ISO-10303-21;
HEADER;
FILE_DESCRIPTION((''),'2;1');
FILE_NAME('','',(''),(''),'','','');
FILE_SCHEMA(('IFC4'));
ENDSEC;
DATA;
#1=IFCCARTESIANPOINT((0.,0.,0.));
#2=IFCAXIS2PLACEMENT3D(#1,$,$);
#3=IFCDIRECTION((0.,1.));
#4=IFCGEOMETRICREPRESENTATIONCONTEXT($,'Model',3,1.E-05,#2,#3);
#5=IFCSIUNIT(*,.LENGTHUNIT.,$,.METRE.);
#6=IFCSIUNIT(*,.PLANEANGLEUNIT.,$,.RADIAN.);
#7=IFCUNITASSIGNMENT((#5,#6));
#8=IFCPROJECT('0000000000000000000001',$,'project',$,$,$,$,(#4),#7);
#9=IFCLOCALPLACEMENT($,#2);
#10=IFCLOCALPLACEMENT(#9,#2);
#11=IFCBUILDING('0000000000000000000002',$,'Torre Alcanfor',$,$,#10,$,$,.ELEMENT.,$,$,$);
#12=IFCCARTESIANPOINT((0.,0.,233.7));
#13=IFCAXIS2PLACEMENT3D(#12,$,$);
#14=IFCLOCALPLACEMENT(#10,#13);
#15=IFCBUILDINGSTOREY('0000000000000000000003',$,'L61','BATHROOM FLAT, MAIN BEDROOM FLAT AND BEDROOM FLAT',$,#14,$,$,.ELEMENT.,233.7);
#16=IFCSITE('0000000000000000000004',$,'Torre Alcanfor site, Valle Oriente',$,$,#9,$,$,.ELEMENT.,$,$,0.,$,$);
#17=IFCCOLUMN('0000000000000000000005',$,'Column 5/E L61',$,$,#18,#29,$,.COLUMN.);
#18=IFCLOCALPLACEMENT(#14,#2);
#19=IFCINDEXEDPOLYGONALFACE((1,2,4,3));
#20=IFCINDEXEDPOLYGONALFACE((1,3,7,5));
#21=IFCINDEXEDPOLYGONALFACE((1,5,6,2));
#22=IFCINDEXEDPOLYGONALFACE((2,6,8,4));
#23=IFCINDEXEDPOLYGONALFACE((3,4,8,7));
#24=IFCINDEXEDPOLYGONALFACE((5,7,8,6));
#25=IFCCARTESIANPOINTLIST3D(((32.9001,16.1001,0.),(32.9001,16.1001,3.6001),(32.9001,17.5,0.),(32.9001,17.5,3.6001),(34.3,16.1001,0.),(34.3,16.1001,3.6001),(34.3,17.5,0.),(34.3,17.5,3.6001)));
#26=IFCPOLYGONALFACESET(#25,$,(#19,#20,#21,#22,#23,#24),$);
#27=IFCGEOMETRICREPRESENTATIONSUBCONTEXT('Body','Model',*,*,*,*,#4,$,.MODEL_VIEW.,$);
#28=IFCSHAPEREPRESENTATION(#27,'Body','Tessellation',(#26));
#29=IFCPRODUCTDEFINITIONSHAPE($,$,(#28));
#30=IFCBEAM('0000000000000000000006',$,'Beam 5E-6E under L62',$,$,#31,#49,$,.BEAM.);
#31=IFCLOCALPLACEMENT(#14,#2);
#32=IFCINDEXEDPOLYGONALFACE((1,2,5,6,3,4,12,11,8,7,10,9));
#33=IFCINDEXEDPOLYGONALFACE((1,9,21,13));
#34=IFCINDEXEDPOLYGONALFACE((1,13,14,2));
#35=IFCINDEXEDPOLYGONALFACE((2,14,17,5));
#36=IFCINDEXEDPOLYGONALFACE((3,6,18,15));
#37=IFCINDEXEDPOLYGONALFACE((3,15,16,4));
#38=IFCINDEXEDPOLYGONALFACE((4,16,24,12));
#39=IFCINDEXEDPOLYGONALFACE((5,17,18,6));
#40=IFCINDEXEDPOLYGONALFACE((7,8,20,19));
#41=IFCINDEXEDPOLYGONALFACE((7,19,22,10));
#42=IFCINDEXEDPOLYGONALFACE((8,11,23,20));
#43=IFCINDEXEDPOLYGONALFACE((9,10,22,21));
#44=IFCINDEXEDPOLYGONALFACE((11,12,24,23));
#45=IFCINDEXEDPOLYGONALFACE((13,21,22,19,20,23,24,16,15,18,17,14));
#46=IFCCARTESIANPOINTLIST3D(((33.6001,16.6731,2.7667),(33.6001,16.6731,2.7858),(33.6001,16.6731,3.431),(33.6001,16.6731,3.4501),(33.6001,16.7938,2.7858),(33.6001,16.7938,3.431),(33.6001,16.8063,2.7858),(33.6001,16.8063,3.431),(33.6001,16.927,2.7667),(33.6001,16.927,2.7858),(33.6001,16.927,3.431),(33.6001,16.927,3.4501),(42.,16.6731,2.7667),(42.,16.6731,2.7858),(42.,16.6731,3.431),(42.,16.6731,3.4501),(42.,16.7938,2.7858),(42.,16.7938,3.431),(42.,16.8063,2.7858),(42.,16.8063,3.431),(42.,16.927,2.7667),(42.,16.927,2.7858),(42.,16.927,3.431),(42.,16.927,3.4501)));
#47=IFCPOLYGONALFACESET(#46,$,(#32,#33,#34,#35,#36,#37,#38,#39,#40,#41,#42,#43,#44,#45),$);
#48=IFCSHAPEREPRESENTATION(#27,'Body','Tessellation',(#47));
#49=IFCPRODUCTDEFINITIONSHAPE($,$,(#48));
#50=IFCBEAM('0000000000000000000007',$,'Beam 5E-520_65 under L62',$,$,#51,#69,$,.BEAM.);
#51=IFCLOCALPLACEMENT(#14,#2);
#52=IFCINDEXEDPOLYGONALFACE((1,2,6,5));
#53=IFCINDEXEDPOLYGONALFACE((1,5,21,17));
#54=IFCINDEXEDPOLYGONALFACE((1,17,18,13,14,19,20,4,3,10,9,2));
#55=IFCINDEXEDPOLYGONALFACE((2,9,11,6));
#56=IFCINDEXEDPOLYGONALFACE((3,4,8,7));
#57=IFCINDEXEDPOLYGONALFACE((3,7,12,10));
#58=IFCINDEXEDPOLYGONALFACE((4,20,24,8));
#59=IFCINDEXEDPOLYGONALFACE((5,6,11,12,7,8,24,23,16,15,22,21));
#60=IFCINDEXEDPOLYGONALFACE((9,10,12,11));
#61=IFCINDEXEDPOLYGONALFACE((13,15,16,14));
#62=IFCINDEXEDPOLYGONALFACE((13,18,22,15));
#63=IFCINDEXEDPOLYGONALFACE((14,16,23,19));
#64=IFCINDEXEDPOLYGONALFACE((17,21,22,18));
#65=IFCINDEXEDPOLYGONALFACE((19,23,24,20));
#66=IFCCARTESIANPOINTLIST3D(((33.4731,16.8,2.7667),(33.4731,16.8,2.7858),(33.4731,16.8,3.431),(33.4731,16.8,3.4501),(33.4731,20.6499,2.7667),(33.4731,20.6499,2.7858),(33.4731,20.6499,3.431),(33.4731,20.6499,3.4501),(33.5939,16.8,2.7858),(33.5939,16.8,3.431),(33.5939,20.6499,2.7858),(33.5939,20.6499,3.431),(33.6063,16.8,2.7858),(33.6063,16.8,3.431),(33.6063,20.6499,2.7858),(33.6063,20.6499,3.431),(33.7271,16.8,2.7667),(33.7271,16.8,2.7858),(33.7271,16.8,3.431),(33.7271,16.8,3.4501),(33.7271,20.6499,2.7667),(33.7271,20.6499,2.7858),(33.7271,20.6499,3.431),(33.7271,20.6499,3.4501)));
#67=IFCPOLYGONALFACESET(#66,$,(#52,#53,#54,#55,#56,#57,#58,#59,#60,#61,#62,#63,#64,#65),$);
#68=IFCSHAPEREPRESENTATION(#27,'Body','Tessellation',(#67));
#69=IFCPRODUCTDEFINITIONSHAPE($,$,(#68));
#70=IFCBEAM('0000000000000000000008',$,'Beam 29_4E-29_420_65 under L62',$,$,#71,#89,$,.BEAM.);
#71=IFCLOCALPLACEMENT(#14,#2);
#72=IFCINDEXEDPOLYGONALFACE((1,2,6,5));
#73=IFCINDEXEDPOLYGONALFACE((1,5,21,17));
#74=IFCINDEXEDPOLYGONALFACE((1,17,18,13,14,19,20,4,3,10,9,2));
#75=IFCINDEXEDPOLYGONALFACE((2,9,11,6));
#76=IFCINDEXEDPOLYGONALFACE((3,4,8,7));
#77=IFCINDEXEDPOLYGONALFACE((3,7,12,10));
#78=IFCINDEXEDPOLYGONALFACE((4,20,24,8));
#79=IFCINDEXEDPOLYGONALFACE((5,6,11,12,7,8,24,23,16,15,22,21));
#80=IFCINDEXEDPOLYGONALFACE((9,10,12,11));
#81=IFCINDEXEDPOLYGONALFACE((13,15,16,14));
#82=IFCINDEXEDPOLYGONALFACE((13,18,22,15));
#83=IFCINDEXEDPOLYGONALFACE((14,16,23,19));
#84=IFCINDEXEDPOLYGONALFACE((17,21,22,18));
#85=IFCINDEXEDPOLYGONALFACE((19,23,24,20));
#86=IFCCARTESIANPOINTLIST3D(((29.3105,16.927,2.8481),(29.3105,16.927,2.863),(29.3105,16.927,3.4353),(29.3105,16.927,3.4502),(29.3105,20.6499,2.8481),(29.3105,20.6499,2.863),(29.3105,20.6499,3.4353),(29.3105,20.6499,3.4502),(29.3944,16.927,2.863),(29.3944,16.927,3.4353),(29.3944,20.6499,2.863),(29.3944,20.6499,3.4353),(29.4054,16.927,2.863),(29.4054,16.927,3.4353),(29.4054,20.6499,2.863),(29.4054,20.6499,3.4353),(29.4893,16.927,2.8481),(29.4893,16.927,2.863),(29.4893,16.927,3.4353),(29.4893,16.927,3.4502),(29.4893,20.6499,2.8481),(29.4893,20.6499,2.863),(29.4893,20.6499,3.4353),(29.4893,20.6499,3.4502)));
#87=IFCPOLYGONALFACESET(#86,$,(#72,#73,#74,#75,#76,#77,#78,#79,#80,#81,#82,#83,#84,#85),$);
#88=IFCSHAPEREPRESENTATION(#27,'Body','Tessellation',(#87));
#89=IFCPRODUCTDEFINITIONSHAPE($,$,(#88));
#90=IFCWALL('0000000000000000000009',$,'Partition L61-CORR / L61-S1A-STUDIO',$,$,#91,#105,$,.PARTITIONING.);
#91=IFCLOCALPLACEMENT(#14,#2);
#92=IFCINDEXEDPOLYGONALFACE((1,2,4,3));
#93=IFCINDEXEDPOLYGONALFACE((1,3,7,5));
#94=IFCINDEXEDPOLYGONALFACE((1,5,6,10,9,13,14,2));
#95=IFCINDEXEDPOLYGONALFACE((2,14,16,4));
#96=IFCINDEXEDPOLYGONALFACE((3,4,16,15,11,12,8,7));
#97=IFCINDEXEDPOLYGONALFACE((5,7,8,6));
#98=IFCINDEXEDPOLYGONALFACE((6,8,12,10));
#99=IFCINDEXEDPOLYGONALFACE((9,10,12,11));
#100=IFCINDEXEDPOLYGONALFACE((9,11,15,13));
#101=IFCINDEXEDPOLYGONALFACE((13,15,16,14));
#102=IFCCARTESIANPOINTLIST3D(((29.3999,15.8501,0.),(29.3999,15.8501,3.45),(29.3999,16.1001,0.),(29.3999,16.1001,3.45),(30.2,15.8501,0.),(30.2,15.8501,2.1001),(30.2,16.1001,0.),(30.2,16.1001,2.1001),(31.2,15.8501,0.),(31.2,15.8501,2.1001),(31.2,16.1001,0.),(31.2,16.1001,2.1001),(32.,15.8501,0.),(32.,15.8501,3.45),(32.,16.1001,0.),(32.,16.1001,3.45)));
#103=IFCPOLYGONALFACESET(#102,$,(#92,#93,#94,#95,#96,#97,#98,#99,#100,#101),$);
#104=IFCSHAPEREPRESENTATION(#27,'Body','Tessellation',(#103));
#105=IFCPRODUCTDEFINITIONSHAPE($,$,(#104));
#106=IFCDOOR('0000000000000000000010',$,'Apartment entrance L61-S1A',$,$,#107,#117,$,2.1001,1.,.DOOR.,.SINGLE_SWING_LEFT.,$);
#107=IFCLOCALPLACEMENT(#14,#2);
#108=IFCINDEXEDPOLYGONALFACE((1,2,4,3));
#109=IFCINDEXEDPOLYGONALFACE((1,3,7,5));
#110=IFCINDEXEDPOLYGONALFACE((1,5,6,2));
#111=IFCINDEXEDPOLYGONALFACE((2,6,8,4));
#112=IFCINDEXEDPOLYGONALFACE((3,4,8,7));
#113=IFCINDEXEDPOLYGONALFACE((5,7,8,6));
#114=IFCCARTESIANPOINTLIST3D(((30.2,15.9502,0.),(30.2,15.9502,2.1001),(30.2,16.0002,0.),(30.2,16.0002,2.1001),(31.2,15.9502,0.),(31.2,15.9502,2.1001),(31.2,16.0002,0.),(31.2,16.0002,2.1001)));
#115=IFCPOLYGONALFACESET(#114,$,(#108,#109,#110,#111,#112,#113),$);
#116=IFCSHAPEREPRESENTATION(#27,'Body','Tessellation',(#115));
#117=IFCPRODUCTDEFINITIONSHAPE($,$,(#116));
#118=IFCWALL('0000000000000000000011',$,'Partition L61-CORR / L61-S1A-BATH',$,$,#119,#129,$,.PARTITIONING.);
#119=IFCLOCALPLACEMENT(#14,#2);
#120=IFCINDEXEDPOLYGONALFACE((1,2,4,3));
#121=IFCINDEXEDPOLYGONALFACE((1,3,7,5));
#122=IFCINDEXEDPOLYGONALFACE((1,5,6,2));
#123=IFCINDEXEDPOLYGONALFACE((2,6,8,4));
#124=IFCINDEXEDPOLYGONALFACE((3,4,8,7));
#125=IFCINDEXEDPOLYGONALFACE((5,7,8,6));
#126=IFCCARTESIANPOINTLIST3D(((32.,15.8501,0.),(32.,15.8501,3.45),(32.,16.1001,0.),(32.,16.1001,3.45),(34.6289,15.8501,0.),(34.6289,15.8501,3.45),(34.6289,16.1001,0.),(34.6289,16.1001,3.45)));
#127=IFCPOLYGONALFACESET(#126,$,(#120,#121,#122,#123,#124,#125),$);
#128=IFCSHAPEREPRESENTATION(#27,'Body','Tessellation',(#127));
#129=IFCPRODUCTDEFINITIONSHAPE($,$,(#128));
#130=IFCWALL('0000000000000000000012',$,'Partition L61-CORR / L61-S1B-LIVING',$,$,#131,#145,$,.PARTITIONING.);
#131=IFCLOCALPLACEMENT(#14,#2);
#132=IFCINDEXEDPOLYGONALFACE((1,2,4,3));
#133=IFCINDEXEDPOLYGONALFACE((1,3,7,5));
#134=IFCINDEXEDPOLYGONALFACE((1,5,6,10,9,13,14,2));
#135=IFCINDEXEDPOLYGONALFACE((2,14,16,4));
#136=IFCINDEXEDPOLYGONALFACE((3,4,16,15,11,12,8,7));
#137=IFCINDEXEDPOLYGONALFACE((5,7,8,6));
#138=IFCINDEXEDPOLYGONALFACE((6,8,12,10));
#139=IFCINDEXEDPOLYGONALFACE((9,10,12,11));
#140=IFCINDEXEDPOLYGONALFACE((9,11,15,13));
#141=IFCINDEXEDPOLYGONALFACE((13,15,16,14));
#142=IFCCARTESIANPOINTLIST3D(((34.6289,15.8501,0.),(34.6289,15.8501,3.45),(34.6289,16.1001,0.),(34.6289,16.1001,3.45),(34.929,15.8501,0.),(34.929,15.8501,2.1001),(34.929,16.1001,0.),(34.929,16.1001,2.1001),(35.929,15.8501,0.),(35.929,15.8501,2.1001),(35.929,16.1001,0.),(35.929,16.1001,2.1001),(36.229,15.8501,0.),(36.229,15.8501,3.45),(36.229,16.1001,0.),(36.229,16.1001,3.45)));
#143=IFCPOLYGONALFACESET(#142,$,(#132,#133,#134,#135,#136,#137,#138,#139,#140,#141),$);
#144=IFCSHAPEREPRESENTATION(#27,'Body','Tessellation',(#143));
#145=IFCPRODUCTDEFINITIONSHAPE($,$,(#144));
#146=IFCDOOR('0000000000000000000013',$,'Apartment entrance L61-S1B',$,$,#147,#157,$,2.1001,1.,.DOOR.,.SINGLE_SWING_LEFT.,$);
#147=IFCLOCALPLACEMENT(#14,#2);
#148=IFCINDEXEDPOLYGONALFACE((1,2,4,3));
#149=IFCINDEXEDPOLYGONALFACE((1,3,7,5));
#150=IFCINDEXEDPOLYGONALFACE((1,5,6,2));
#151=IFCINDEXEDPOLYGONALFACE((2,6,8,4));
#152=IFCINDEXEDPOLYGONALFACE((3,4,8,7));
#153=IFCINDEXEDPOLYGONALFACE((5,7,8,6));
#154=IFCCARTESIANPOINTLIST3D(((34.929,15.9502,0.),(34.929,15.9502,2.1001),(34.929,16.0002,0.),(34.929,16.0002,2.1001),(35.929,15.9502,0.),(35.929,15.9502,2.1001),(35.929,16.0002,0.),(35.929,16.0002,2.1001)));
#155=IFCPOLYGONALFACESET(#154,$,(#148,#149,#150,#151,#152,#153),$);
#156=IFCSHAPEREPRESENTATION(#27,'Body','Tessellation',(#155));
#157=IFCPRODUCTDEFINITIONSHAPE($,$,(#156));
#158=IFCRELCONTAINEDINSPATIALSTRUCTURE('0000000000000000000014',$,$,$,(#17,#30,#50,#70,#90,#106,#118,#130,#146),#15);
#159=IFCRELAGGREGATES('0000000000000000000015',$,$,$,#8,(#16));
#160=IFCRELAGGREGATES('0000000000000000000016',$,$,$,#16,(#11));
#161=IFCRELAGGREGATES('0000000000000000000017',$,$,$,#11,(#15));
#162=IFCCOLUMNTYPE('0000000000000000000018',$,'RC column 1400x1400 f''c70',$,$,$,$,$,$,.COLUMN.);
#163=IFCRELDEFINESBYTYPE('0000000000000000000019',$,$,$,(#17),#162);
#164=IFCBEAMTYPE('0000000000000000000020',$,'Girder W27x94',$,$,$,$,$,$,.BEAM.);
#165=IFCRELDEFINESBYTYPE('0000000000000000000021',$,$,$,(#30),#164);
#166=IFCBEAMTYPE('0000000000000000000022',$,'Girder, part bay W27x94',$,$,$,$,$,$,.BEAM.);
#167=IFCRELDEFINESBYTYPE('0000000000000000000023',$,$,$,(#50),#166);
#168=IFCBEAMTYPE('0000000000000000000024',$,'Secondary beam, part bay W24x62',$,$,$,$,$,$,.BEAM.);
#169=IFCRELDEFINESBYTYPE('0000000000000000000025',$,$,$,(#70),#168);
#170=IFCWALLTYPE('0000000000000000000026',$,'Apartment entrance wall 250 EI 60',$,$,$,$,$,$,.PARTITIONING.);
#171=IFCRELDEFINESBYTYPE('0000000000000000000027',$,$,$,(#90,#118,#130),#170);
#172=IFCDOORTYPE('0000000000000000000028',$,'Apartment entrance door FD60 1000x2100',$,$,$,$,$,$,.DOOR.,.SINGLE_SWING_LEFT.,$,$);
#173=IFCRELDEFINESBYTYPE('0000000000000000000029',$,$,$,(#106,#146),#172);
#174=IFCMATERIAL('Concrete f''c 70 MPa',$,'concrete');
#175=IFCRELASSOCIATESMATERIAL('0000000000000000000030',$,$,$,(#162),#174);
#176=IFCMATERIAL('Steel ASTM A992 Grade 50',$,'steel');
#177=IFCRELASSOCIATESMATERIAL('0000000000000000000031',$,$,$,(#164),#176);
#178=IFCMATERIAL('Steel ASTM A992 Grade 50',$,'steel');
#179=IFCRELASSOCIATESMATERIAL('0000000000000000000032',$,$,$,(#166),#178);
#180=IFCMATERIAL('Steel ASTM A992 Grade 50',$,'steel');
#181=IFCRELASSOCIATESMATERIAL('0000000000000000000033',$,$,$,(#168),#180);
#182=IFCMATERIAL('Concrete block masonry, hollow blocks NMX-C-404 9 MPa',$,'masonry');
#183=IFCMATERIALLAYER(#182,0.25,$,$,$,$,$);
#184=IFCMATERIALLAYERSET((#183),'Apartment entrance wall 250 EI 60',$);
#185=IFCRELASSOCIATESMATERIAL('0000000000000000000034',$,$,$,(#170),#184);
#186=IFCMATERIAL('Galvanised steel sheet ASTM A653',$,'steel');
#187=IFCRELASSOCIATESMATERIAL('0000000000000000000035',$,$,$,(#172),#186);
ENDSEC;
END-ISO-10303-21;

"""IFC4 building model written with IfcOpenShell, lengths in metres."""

from ifc_helpers import new_model, si_unit, direction, frame, frame_2d, origin, origin_2d, place, context, subcontext, project, spatial, rectangle, i_section, extrude, material, layer, layer_set, material_profile, profile_set, type_object, element, fill, save


model = new_model("IFC4")

# Units and contexts
model_context = context("Model", 3, precision=1e-05, world=origin(), true_north=direction((0.0, 1.0)))
body_context = subcontext(model_context, "Body", "Model", "MODEL_VIEW")
ifc_project = project(units=[si_unit("LENGTHUNIT", "METRE"), si_unit("PLANEANGLEUNIT", "RADIAN")], contexts=[model_context])

# Site, building, storey
site_placement = place(None, origin())
site = spatial("IfcSite", under=ifc_project, at=site_placement, Name="Torre Alcanfor site, Valle Oriente", CompositionType="ELEMENT", RefElevation=0.0)
building_placement = place(site_placement, origin())
building = spatial("IfcBuilding", under=site, at=building_placement, Name="Torre Alcanfor", CompositionType="ELEMENT")
storey_placement = place(building_placement, frame((0.0, 0.0, 233.7)))
storey = spatial("IfcBuildingStorey", under=building, at=storey_placement, Name="L61", Description="BATHROOM FLAT, MAIN BEDROOM FLAT AND BEDROOM FLAT", CompositionType="ELEMENT", Elevation=233.7)

# Column
ifc_material_1 = material(Name="Concrete f'c 70 MPa", Category="concrete")
ifc_material_profile_1 = material_profile(ifc_material_1, rectangle(XDim=1.3999, YDim=1.3999, at=origin_2d()), Name="1400x1400")
ifc_profile_set_1 = profile_set([ifc_material_profile_1], Name="Concrete f'c 70 MPa")
column_type = type_object("IfcColumnType", Name="RC column 1400x1400 f'c70", PredefinedType="COLUMN", material=ifc_profile_set_1)
column_placement = place(storey_placement, frame((33.6001, 16.8, 0.0), z_axis=(0.0, 0.0, 1.0), x_axis=(1.0, 0.0, 0.0)))
element("IfcColumn", 1, at=column_placement, inside=storey, type_object=column_type, Name="Column 5/E L61", PredefinedType="COLUMN", context=body_context, shape_type="SweptSolid", body=[
    extrude(rectangle(XDim=1.3999, YDim=1.3999, at=origin_2d()), origin(), (0.0, 0.0, 1.0), 3.6001),
])

# Beams
ifc_material_2 = material(Name="Steel ASTM A992 Grade 50", Category="steel")
ifc_material_profile_2 = material_profile(ifc_material_2, i_section(OverallWidth=0.2539, OverallDepth=0.6833, WebThickness=0.0125, FlangeThickness=0.019, at=origin_2d()), Name="W27x94")
ifc_profile_set_2 = profile_set([ifc_material_profile_2], Name="Steel ASTM A992 Grade 50")
beam_type_1 = type_object("IfcBeamType", Name="Girder W27x94", PredefinedType="BEAM", material=ifc_profile_set_2)
beam_1_placement = place(storey_placement, frame((33.6001, 16.8, 3.1084), z_axis=(1.0, 0.0, 0.0), x_axis=(0.0, 1.0, 0.0)))
element("IfcBeam", 2, at=beam_1_placement, inside=storey, type_object=beam_type_1, Name="Beam 5E-6E under L62", PredefinedType="BEAM", context=body_context, shape_type="SweptSolid", body=[
    extrude(i_section(OverallWidth=0.2539, OverallDepth=0.6833, WebThickness=0.0125, FlangeThickness=0.019, at=origin_2d()), origin(), (0.0, 0.0, 1.0), 8.3999),
])
ifc_material_3 = material(Name="Steel ASTM A992 Grade 50", Category="steel")
ifc_material_profile_3 = material_profile(ifc_material_3, i_section(OverallWidth=0.2539, OverallDepth=0.6833, WebThickness=0.0125, FlangeThickness=0.019, at=origin_2d()), Name="W27x94")
ifc_profile_set_3 = profile_set([ifc_material_profile_3], Name="Steel ASTM A992 Grade 50")
beam_type_2 = type_object("IfcBeamType", Name="Girder, part bay W27x94", PredefinedType="BEAM", material=ifc_profile_set_3)
beam_2_placement = place(storey_placement, frame((33.6001, 16.8, 3.1084), z_axis=(0.0, 1.0, 0.0), x_axis=(-1.0, 0.0, 0.0)))
element("IfcBeam", 3, at=beam_2_placement, inside=storey, type_object=beam_type_2, Name="Beam 5E-520_65 under L62", PredefinedType="BEAM", context=body_context, shape_type="SweptSolid", body=[
    extrude(i_section(OverallWidth=0.2539, OverallDepth=0.6833, WebThickness=0.0125, FlangeThickness=0.019, at=origin_2d()), origin(), (0.0, 0.0, 1.0), 3.8499),
])
ifc_material_4 = material(Name="Steel ASTM A992 Grade 50", Category="steel")
ifc_material_profile_4 = material_profile(ifc_material_4, i_section(OverallWidth=0.1787, OverallDepth=0.6021, WebThickness=0.011, FlangeThickness=0.0149, at=origin_2d()), Name="W24x62")
ifc_profile_set_4 = profile_set([ifc_material_profile_4], Name="Steel ASTM A992 Grade 50")
beam_type_3 = type_object("IfcBeamType", Name="Secondary beam, part bay W24x62", PredefinedType="BEAM", material=ifc_profile_set_4)
beam_3_placement = place(storey_placement, frame((29.3999, 16.927, 3.1492), z_axis=(0.0, 1.0, 0.0), x_axis=(-1.0, 0.0, 0.0)))
element("IfcBeam", 4, at=beam_3_placement, inside=storey, type_object=beam_type_3, Name="Beam 29_4E-29_420_65 under L62", PredefinedType="BEAM", context=body_context, shape_type="SweptSolid", body=[
    extrude(i_section(OverallWidth=0.1787, OverallDepth=0.6021, WebThickness=0.011, FlangeThickness=0.0149, at=origin_2d()), origin(), (0.0, 0.0, 1.0), 3.7229),
])

# Wall, opening, door
ifc_material_5 = material(Name="Concrete block masonry, hollow blocks NMX-C-404 9 MPa", Category="masonry")
ifc_layer_1 = layer(ifc_material_5, 0.25)
ifc_layer_set_1 = layer_set([ifc_layer_1], Name="Apartment entrance wall 250 EI 60")
wall_type_1 = type_object("IfcWallType", Name="Apartment entrance wall 250 EI 60", PredefinedType="PARTITIONING", material=ifc_layer_set_1)
wall_1_placement = place(storey_placement, frame((32.0, 15.9751, 0.0), z_axis=(0.0, 0.0, 1.0), x_axis=(-1.0, 0.0, 0.0)))
wall_1 = element("IfcWall", 5, at=wall_1_placement, inside=storey, type_object=wall_type_1, Name="Partition L61-CORR / L61-S1A-STUDIO", PredefinedType="PARTITIONING", context=body_context, shape_type="SweptSolid", body=[
    extrude(rectangle(XDim=2.6001, YDim=0.25, at=frame_2d((1.3, 0.0))), origin(), (0.0, 0.0, 1.0), 3.45),
])
opening_1_placement = place(wall_1_placement, frame((0.8, 0.0, 0.0)))
opening_1 = element("IfcOpeningElement", 6, at=opening_1_placement, cuts=wall_1, PredefinedType="OPENING", context=body_context, shape_type="SweptSolid", body=[
    extrude(rectangle(XDim=1.0, YDim=2.1001, at=frame_2d((0.5, 1.05))), frame((0.0, 0.135, 0.0), z_axis=(0.0, -1.0, 0.0), x_axis=(1.0, 0.0, 0.0)), (0.0, 0.0, 1.0), 0.27),
])
ifc_material_6 = material(Name="Galvanised steel sheet ASTM A653", Category="steel")
door_type_1 = type_object("IfcDoorType", Name="Apartment entrance door FD60 1000x2100", OperationType="SINGLE_SWING_LEFT", PredefinedType="DOOR", material=ifc_material_6)
door_1_placement = place(opening_1_placement, origin())
door_1 = element("IfcDoor", 7, at=door_1_placement, inside=storey, type_object=door_type_1, Name="Apartment entrance L61-S1A", OperationType="SINGLE_SWING_LEFT", OverallHeight=2.1001, OverallWidth=1.0, PredefinedType="DOOR", context=body_context, shape_type="SweptSolid", body=[
    extrude(rectangle(XDim=1.0, YDim=2.1001, at=frame_2d((0.5, 1.05))), frame((0.0, 0.0249, 0.0), z_axis=(0.0, -1.0, 0.0), x_axis=(1.0, 0.0, 0.0)), (0.0, 0.0, 1.0), 0.05),
])
fill(opening_1, door_1)

# Wall
wall_2_placement = place(storey_placement, frame((34.6289, 15.9751, 0.0), z_axis=(0.0, 0.0, 1.0), x_axis=(-1.0, 0.0, 0.0)))
element("IfcWall", 8, at=wall_2_placement, inside=storey, type_object=wall_type_1, Name="Partition L61-CORR / L61-S1A-BATH", PredefinedType="PARTITIONING", context=body_context, shape_type="SweptSolid", body=[
    extrude(rectangle(XDim=2.6289, YDim=0.25, at=frame_2d((1.3145, 0.0))), origin(), (0.0, 0.0, 1.0), 3.45),
])

# Wall, opening, door
wall_3_placement = place(storey_placement, frame((36.229, 15.9751, 0.0), z_axis=(0.0, 0.0, 1.0), x_axis=(-1.0, 0.0, 0.0)))
wall_3 = element("IfcWall", 9, at=wall_3_placement, inside=storey, type_object=wall_type_1, Name="Partition L61-CORR / L61-S1B-LIVING", PredefinedType="PARTITIONING", context=body_context, shape_type="SweptSolid", body=[
    extrude(rectangle(XDim=1.6001, YDim=0.25, at=frame_2d((0.8, 0.0))), origin(), (0.0, 0.0, 1.0), 3.45),
])
opening_2_placement = place(wall_3_placement, frame((0.3, 0.0, 0.0)))
opening_2 = element("IfcOpeningElement", 10, at=opening_2_placement, cuts=wall_3, PredefinedType="OPENING", context=body_context, shape_type="SweptSolid", body=[
    extrude(rectangle(XDim=1.0, YDim=2.1001, at=frame_2d((0.5, 1.05))), frame((0.0, 0.135, 0.0), z_axis=(0.0, -1.0, 0.0), x_axis=(1.0, 0.0, 0.0)), (0.0, 0.0, 1.0), 0.27),
])
door_2_placement = place(opening_2_placement, origin())
door_2 = element("IfcDoor", 11, at=door_2_placement, inside=storey, type_object=door_type_1, Name="Apartment entrance L61-S1B", OperationType="SINGLE_SWING_LEFT", OverallHeight=2.1001, OverallWidth=1.0, PredefinedType="DOOR", context=body_context, shape_type="SweptSolid", body=[
    extrude(rectangle(XDim=1.0, YDim=2.1001, at=frame_2d((0.5, 1.05))), frame((0.0, 0.0249, 0.0), z_axis=(0.0, -1.0, 0.0), x_axis=(1.0, 0.0, 0.0)), (0.0, 0.0, 1.0), 0.05),
])
fill(opening_2, door_2)

save(model, "model.ifc")
